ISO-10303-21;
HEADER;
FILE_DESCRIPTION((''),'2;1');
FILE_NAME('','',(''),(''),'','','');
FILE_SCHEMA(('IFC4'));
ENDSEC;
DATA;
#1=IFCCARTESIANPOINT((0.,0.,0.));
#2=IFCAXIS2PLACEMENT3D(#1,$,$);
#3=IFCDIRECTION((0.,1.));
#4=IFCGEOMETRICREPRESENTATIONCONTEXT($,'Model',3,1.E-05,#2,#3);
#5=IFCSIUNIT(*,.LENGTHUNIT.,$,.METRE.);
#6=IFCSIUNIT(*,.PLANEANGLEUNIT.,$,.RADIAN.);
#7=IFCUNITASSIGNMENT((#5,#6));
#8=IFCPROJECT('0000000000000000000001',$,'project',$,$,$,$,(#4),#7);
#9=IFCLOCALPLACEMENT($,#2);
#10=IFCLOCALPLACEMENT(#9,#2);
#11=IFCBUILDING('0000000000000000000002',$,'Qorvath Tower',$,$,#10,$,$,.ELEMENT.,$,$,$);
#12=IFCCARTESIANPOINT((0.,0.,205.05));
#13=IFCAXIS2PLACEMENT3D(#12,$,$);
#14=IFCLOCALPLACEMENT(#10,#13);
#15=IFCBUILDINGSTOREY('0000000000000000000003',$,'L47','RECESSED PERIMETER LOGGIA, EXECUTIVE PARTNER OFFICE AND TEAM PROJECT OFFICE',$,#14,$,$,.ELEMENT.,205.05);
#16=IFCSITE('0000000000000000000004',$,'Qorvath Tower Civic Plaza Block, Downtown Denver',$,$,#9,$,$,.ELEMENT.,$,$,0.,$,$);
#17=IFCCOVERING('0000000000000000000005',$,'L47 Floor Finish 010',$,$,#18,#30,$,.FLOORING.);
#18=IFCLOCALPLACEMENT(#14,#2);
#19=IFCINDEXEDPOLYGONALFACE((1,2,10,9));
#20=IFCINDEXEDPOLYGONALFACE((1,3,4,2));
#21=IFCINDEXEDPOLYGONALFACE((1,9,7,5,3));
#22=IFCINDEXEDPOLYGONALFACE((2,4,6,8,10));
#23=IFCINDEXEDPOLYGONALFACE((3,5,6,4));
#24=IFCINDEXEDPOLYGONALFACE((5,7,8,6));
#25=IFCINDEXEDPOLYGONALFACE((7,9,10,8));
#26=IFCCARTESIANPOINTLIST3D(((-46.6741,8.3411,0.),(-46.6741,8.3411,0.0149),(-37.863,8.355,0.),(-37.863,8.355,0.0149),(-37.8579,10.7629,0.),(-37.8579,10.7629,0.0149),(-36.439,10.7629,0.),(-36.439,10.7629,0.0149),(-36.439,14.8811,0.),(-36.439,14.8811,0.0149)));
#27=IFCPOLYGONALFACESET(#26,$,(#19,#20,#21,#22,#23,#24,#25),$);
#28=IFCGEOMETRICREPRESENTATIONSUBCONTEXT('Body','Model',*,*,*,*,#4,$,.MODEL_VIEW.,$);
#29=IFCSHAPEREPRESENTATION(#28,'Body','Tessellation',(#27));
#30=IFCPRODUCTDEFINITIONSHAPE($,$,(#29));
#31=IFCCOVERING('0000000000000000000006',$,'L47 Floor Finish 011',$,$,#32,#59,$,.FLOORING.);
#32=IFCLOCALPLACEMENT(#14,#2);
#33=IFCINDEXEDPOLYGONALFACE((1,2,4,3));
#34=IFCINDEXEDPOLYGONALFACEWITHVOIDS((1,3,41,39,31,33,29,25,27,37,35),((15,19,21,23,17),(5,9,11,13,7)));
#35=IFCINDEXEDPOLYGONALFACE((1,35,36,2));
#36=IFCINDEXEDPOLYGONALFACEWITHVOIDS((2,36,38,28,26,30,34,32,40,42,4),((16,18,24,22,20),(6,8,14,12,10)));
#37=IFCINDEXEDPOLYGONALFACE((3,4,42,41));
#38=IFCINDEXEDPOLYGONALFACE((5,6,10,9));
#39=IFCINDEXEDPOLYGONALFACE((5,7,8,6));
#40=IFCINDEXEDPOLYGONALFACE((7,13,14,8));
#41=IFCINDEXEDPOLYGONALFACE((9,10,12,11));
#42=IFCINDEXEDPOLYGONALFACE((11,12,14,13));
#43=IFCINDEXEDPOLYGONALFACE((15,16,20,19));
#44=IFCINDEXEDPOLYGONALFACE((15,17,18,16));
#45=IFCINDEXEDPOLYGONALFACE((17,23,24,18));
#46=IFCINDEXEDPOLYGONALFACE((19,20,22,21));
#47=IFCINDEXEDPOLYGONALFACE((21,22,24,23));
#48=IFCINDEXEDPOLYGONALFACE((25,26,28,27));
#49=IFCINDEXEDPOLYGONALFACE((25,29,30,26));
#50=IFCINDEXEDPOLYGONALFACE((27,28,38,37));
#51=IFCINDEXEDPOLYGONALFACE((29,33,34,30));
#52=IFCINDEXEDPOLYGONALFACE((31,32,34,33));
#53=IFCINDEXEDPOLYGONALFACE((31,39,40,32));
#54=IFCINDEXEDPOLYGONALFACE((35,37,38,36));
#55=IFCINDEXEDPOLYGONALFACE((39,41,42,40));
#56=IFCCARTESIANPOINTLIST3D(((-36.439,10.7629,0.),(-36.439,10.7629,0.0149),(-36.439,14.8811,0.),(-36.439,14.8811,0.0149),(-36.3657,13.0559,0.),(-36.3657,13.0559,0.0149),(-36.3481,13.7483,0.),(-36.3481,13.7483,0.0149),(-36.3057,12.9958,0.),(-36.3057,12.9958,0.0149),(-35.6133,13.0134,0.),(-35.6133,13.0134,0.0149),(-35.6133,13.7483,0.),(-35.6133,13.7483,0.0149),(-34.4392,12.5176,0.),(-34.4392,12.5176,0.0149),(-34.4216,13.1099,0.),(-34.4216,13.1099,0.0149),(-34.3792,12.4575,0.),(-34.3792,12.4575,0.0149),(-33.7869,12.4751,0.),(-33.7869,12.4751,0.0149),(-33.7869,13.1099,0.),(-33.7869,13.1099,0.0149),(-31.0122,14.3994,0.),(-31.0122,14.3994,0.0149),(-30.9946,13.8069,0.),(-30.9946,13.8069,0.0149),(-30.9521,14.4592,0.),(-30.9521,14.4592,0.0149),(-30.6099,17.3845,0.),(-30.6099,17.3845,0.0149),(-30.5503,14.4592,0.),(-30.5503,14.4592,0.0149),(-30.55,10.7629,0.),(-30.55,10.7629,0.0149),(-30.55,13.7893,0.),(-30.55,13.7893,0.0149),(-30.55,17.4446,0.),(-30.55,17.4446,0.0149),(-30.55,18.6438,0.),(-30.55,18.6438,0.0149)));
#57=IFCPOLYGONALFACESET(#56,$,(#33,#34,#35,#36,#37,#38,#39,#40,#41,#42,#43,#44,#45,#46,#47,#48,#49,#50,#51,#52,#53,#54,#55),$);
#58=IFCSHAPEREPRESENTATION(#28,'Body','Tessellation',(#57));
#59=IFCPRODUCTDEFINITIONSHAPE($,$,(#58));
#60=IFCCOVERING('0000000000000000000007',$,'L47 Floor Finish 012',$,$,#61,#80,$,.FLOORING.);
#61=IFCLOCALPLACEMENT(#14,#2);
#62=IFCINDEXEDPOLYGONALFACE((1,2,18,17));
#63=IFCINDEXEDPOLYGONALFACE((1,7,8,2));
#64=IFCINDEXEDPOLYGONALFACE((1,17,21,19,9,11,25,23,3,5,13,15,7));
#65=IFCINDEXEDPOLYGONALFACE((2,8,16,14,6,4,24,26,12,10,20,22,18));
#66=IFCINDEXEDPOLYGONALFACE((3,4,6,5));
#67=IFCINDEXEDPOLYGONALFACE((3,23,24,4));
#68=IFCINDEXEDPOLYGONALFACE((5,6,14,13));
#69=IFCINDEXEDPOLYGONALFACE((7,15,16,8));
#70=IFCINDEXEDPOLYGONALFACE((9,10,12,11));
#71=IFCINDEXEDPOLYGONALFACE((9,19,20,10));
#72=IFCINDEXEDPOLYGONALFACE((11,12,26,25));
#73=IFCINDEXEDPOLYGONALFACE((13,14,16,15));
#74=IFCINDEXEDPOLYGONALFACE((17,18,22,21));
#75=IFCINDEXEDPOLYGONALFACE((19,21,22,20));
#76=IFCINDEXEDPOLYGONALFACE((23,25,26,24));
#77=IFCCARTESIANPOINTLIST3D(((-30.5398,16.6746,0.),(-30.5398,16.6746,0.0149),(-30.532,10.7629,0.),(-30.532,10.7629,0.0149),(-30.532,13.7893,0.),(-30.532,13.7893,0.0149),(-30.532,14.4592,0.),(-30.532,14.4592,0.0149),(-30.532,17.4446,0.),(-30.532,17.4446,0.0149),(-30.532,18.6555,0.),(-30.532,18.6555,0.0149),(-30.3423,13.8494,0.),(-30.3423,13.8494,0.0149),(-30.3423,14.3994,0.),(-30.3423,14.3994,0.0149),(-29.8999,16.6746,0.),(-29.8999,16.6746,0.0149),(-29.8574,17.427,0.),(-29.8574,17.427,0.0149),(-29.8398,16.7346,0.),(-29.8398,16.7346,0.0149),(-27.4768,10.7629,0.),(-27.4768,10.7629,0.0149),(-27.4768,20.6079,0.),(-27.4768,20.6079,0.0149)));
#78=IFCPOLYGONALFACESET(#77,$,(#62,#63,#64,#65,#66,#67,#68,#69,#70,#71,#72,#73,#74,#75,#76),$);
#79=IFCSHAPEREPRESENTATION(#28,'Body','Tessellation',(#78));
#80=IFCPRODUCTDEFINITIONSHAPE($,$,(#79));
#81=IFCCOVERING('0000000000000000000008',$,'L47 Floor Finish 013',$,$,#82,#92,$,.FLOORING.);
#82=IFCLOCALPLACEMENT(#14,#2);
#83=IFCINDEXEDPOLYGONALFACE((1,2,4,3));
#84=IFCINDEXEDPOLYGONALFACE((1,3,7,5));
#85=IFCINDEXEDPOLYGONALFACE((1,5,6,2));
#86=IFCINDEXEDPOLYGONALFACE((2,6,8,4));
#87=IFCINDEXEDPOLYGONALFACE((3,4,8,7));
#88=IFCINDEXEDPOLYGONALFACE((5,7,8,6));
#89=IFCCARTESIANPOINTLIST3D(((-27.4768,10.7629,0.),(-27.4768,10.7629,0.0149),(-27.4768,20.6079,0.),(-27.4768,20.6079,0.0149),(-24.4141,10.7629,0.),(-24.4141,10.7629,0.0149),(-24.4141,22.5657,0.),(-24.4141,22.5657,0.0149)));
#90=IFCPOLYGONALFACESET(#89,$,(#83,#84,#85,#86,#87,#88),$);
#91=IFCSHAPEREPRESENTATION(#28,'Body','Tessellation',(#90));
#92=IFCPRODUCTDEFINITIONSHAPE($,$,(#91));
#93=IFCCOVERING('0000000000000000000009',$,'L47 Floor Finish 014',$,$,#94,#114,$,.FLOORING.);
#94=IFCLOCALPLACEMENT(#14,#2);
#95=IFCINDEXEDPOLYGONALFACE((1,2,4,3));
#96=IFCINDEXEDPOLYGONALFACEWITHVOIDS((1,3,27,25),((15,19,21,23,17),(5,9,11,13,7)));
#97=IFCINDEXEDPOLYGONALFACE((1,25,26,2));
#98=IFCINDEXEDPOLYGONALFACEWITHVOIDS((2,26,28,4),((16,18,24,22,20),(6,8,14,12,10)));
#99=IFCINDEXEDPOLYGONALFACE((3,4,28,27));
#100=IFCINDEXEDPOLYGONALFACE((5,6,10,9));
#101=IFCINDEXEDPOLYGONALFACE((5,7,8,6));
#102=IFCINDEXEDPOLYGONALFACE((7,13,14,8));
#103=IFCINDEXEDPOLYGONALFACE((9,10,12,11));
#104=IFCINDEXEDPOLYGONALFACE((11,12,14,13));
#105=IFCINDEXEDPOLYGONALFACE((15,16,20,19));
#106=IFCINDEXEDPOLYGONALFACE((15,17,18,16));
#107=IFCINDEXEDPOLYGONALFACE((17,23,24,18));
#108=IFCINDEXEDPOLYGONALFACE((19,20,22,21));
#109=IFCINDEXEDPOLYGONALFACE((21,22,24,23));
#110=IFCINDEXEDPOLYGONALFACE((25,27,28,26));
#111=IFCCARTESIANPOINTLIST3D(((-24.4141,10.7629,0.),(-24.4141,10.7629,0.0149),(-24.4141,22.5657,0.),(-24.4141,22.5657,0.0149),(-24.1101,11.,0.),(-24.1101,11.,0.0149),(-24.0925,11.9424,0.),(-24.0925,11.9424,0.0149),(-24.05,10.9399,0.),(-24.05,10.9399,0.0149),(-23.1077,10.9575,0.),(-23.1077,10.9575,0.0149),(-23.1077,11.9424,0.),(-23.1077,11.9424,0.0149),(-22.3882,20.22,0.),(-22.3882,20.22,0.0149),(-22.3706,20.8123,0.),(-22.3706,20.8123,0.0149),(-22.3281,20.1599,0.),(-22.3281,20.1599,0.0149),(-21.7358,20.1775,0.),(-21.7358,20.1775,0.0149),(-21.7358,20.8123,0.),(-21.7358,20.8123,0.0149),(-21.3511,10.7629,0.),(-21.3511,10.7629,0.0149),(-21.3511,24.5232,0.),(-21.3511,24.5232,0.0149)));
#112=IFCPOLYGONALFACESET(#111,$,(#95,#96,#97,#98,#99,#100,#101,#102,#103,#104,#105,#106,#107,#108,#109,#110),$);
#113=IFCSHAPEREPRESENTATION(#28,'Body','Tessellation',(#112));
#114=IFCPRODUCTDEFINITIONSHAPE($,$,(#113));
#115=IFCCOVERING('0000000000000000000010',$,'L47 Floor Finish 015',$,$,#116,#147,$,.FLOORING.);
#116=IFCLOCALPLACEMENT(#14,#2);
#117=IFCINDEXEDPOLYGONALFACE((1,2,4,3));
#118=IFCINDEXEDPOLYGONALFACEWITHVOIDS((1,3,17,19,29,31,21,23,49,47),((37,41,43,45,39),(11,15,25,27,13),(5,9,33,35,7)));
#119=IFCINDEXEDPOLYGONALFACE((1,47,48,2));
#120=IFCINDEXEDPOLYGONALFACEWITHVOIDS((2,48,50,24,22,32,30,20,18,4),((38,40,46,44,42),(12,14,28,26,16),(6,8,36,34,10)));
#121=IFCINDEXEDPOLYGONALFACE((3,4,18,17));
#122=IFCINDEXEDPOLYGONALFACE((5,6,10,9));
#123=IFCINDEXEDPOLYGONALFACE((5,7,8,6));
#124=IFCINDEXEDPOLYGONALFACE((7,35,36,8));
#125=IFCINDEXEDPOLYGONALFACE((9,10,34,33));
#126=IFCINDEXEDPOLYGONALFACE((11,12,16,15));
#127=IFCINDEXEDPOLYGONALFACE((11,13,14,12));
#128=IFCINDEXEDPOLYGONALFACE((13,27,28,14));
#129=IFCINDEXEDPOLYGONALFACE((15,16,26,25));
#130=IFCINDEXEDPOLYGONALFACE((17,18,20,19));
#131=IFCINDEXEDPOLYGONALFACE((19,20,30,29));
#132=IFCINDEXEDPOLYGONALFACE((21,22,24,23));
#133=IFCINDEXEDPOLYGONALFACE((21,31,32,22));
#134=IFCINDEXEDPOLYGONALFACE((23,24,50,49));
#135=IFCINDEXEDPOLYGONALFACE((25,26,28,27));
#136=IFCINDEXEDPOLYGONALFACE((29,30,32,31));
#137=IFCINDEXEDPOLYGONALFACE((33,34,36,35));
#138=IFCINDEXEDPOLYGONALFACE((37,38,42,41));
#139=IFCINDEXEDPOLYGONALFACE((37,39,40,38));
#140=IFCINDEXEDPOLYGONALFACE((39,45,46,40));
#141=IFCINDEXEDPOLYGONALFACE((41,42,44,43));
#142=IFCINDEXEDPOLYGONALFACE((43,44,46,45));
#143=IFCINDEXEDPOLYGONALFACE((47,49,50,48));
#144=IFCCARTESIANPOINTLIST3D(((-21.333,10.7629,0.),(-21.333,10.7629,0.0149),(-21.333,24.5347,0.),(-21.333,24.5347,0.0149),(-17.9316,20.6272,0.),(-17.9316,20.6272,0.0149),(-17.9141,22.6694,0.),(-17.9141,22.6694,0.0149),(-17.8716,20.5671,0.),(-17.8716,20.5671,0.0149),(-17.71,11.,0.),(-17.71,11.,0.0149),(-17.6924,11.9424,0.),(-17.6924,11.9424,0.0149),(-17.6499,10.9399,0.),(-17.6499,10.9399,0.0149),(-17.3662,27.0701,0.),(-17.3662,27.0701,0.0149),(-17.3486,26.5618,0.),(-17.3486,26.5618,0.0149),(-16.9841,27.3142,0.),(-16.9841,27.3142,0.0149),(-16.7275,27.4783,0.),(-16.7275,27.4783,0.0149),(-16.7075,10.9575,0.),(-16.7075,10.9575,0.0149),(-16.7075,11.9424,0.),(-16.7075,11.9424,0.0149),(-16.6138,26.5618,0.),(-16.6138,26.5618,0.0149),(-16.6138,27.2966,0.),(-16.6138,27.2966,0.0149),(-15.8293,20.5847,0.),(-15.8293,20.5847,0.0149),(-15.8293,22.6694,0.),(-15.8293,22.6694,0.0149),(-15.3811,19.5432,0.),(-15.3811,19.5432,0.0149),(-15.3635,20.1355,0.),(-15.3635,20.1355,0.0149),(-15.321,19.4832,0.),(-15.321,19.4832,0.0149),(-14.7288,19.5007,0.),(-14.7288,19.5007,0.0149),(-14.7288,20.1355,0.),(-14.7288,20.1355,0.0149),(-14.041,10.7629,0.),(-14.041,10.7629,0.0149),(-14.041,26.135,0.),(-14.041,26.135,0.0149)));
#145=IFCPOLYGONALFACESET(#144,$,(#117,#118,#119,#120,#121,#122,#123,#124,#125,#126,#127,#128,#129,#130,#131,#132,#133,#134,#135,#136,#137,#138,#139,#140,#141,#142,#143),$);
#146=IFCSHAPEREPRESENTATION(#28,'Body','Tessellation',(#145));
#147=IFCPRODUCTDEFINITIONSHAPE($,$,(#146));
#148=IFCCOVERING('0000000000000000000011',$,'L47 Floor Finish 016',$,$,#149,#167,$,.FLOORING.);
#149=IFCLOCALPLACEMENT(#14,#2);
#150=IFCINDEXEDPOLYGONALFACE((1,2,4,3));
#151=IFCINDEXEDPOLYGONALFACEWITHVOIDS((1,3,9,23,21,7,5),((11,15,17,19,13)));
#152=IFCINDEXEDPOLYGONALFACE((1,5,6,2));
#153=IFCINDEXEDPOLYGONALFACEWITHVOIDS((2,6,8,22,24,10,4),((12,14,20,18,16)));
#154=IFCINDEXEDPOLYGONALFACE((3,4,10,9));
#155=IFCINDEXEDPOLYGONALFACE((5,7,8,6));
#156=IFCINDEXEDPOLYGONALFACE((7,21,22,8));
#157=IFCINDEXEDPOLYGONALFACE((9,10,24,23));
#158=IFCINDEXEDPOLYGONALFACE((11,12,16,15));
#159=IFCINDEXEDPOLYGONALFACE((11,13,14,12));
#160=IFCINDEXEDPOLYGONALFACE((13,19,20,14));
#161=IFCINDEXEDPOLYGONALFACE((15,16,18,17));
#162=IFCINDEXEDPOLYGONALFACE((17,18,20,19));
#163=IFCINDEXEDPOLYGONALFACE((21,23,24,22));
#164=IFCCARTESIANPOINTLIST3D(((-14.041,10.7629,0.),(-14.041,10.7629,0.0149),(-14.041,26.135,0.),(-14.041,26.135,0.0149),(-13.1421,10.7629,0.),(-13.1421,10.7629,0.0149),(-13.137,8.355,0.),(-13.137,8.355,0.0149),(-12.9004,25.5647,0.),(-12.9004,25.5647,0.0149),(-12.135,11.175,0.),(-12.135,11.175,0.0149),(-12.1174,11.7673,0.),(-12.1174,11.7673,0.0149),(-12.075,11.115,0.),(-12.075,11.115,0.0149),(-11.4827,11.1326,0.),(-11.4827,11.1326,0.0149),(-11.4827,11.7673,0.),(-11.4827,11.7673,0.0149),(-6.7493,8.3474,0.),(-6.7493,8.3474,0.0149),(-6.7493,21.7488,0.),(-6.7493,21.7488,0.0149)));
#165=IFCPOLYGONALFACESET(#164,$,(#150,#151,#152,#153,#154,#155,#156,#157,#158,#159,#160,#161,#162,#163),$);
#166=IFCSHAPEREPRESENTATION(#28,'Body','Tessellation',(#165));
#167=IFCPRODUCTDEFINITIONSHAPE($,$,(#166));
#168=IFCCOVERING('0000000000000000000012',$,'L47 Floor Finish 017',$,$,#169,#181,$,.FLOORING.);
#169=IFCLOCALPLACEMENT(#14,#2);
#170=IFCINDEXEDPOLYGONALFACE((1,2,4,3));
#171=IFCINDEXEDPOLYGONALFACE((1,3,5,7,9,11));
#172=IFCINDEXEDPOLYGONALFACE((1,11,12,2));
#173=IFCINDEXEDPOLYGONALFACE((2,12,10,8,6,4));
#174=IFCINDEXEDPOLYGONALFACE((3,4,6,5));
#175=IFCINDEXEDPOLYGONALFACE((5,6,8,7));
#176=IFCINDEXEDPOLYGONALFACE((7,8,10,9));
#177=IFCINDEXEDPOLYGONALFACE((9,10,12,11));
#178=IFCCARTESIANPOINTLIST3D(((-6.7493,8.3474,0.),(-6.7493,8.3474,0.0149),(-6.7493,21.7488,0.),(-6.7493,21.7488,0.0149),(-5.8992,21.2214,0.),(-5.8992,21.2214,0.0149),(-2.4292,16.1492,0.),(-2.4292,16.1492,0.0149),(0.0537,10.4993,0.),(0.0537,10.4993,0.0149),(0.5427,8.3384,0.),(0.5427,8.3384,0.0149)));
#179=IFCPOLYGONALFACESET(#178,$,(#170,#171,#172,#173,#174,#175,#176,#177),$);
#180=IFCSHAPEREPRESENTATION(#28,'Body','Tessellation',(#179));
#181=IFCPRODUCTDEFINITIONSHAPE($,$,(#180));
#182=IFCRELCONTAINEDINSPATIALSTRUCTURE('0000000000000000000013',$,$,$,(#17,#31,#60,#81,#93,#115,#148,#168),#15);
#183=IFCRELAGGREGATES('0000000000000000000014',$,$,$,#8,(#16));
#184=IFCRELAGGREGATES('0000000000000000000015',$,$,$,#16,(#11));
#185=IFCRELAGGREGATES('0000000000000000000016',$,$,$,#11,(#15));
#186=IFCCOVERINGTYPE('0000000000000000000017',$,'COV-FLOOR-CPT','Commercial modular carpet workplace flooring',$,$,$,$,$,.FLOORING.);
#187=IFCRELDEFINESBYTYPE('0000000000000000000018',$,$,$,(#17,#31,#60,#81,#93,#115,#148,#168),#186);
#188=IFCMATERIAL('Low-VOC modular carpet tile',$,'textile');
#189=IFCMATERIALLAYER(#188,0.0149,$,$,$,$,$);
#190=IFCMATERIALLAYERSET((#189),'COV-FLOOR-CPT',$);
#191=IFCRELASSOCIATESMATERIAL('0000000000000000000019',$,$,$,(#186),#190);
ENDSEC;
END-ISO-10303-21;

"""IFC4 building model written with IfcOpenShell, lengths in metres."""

from ifc_helpers import new_model, si_unit, direction, frame, origin, place, context, subcontext, project, spatial, polyline, outline, extrude, material, layer, layer_set, type_object, element, save


model = new_model("IFC4")

# Units and contexts
model_context = context("Model", 3, precision=1e-05, world=origin(), true_north=direction((0.0, 1.0)))
body_context = subcontext(model_context, "Body", "Model", "MODEL_VIEW")
ifc_project = project(units=[si_unit("LENGTHUNIT", "METRE"), si_unit("PLANEANGLEUNIT", "RADIAN")], contexts=[model_context])

# Site, building, storey
site_placement = place(None, origin())
site = spatial("IfcSite", under=ifc_project, at=site_placement, Name="Qorvath Tower Civic Plaza Block, Downtown Denver", CompositionType="ELEMENT", RefElevation=0.0)
building_placement = place(site_placement, origin())
building = spatial("IfcBuilding", under=site, at=building_placement, Name="Qorvath Tower", CompositionType="ELEMENT")
storey_placement = place(building_placement, frame((0.0, 0.0, 205.05)))
storey = spatial("IfcBuildingStorey", under=building, at=storey_placement, Name="L47", Description="RECESSED PERIMETER LOGGIA, EXECUTIVE PARTNER OFFICE AND TEAM PROJECT OFFICE", CompositionType="ELEMENT", Elevation=205.05)

# Coverings
ifc_material_1 = material(Name="Low-VOC modular carpet tile", Category="textile")
ifc_layer_1 = layer(ifc_material_1, 0.0149)
ifc_layer_set_1 = layer_set([ifc_layer_1], Name="COV-FLOOR-CPT")
covering_type_1 = type_object("IfcCoveringType", Name="COV-FLOOR-CPT", Description="Commercial modular carpet workplace flooring", PredefinedType="FLOORING", material=ifc_layer_set_1)
covering_1_placement = place(storey_placement, origin())
element("IfcCovering", 1, at=covering_1_placement, inside=storey, type_object=covering_type_1, Name="L47 Floor Finish 010", PredefinedType="FLOORING", context=body_context, shape_type="SweptSolid", body=[
    extrude(outline(polyline([(-36.439, 10.7629), (-36.439, 14.8811), (-46.6741, 8.3411), (-37.863, 8.355), (-37.8579, 10.7629), (-36.439, 10.7629)])), origin(), (0.0, 0.0, 1.0), 0.0149),
])
covering_2_placement = place(storey_placement, origin())
element("IfcCovering", 2, at=covering_2_placement, inside=storey, type_object=covering_type_1, Name="L47 Floor Finish 011", PredefinedType="FLOORING", context=body_context, shape_type="SweptSolid", body=[
    extrude(outline(polyline([(-30.55, 18.6438), (-36.439, 14.8811), (-36.439, 10.7629), (-30.55, 10.7629), (-30.55, 13.7893), (-30.9946, 13.8069), (-31.0122, 14.3994), (-30.9521, 14.4592), (-30.5503, 14.4592), (-30.6099, 17.3845), (-30.55, 17.4446), (-30.55, 18.6438)]), holes=[polyline([(-34.4392, 12.5176), (-34.4216, 13.1099), (-33.7869, 13.1099), (-33.7869, 12.4751), (-34.3792, 12.4575), (-34.4392, 12.5176)]), polyline([(-36.3657, 13.0559), (-36.3481, 13.7483), (-35.6133, 13.7483), (-35.6133, 13.0134), (-36.3057, 12.9958), (-36.3657, 13.0559)])]), origin(), (0.0, 0.0, 1.0), 0.0149),
])
covering_3_placement = place(storey_placement, origin())
element("IfcCovering", 3, at=covering_3_placement, inside=storey, type_object=covering_type_1, Name="L47 Floor Finish 012", PredefinedType="FLOORING", context=body_context, shape_type="SweptSolid", body=[
    extrude(outline(polyline([(-29.8999, 16.6746), (-30.5398, 16.6746), (-30.532, 14.4592), (-30.3423, 14.3994), (-30.3423, 13.8494), (-30.532, 13.7893), (-30.532, 10.7629), (-27.4768, 10.7629), (-27.4768, 20.6079), (-30.532, 18.6555), (-30.532, 17.4446), (-29.8574, 17.427), (-29.8398, 16.7346), (-29.8999, 16.6746)])), origin(), (0.0, 0.0, 1.0), 0.0149),
])
covering_4_placement = place(storey_placement, origin())
element("IfcCovering", 4, at=covering_4_placement, inside=storey, type_object=covering_type_1, Name="L47 Floor Finish 013", PredefinedType="FLOORING", context=body_context, shape_type="SweptSolid", body=[
    extrude(outline(polyline([(-27.4768, 20.6079), (-27.4768, 10.7629), (-24.4141, 10.7629), (-24.4141, 22.5657), (-27.4768, 20.6079)])), origin(), (0.0, 0.0, 1.0), 0.0149),
])
covering_5_placement = place(storey_placement, origin())
element("IfcCovering", 5, at=covering_5_placement, inside=storey, type_object=covering_type_1, Name="L47 Floor Finish 014", PredefinedType="FLOORING", context=body_context, shape_type="SweptSolid", body=[
    extrude(outline(polyline([(-24.4141, 22.5657), (-24.4141, 10.7629), (-21.3511, 10.7629), (-21.3511, 24.5232), (-24.4141, 22.5657)]), holes=[polyline([(-22.3882, 20.22), (-22.3706, 20.8123), (-21.7358, 20.8123), (-21.7358, 20.1775), (-22.3281, 20.1599), (-22.3882, 20.22)]), polyline([(-24.1101, 11.0), (-24.0925, 11.9424), (-23.1077, 11.9424), (-23.1077, 10.9575), (-24.05, 10.9399), (-24.1101, 11.0)])]), origin(), (0.0, 0.0, 1.0), 0.0149),
])
covering_6_placement = place(storey_placement, origin())
element("IfcCovering", 6, at=covering_6_placement, inside=storey, type_object=covering_type_1, Name="L47 Floor Finish 015", PredefinedType="FLOORING", context=body_context, shape_type="SweptSolid", body=[
    extrude(outline(polyline([(-14.041, 10.7629), (-14.041, 26.135), (-16.7275, 27.4783), (-16.9841, 27.3142), (-16.6138, 27.2966), (-16.6138, 26.5618), (-17.3486, 26.5618), (-17.3662, 27.0701), (-21.333, 24.5347), (-21.333, 10.7629), (-14.041, 10.7629)]), holes=[polyline([(-15.3811, 19.5432), (-15.3635, 20.1355), (-14.7288, 20.1355), (-14.7288, 19.5007), (-15.321, 19.4832), (-15.3811, 19.5432)]), polyline([(-17.9316, 20.6272), (-17.9141, 22.6694), (-15.8293, 22.6694), (-15.8293, 20.5847), (-17.8716, 20.5671), (-17.9316, 20.6272)]), polyline([(-17.71, 11.0), (-17.6924, 11.9424), (-16.7075, 11.9424), (-16.7075, 10.9575), (-17.6499, 10.9399), (-17.71, 11.0)])]), origin(), (0.0, 0.0, 1.0), 0.0149),
])
covering_7_placement = place(storey_placement, origin())
element("IfcCovering", 7, at=covering_7_placement, inside=storey, type_object=covering_type_1, Name="L47 Floor Finish 016", PredefinedType="FLOORING", context=body_context, shape_type="SweptSolid", body=[
    extrude(outline(polyline([(-6.7493, 8.3474), (-6.7493, 21.7488), (-12.9004, 25.5647), (-14.041, 26.135), (-14.041, 10.7629), (-13.1421, 10.7629), (-13.137, 8.355), (-6.7493, 8.3474)]), holes=[polyline([(-12.135, 11.175), (-12.1174, 11.7673), (-11.4827, 11.7673), (-11.4827, 11.1326), (-12.075, 11.115), (-12.135, 11.175)])]), origin(), (0.0, 0.0, 1.0), 0.0149),
])
covering_8_placement = place(storey_placement, origin())
element("IfcCovering", 8, at=covering_8_placement, inside=storey, type_object=covering_type_1, Name="L47 Floor Finish 017", PredefinedType="FLOORING", context=body_context, shape_type="SweptSolid", body=[
    extrude(outline(polyline([(0.5427, 8.3384), (0.0537, 10.4993), (-2.4292, 16.1492), (-5.8992, 21.2214), (-6.7493, 21.7488), (-6.7493, 8.3474), (0.5427, 8.3384)])), origin(), (0.0, 0.0, 1.0), 0.0149),
])

save(model, "model.ifc")
